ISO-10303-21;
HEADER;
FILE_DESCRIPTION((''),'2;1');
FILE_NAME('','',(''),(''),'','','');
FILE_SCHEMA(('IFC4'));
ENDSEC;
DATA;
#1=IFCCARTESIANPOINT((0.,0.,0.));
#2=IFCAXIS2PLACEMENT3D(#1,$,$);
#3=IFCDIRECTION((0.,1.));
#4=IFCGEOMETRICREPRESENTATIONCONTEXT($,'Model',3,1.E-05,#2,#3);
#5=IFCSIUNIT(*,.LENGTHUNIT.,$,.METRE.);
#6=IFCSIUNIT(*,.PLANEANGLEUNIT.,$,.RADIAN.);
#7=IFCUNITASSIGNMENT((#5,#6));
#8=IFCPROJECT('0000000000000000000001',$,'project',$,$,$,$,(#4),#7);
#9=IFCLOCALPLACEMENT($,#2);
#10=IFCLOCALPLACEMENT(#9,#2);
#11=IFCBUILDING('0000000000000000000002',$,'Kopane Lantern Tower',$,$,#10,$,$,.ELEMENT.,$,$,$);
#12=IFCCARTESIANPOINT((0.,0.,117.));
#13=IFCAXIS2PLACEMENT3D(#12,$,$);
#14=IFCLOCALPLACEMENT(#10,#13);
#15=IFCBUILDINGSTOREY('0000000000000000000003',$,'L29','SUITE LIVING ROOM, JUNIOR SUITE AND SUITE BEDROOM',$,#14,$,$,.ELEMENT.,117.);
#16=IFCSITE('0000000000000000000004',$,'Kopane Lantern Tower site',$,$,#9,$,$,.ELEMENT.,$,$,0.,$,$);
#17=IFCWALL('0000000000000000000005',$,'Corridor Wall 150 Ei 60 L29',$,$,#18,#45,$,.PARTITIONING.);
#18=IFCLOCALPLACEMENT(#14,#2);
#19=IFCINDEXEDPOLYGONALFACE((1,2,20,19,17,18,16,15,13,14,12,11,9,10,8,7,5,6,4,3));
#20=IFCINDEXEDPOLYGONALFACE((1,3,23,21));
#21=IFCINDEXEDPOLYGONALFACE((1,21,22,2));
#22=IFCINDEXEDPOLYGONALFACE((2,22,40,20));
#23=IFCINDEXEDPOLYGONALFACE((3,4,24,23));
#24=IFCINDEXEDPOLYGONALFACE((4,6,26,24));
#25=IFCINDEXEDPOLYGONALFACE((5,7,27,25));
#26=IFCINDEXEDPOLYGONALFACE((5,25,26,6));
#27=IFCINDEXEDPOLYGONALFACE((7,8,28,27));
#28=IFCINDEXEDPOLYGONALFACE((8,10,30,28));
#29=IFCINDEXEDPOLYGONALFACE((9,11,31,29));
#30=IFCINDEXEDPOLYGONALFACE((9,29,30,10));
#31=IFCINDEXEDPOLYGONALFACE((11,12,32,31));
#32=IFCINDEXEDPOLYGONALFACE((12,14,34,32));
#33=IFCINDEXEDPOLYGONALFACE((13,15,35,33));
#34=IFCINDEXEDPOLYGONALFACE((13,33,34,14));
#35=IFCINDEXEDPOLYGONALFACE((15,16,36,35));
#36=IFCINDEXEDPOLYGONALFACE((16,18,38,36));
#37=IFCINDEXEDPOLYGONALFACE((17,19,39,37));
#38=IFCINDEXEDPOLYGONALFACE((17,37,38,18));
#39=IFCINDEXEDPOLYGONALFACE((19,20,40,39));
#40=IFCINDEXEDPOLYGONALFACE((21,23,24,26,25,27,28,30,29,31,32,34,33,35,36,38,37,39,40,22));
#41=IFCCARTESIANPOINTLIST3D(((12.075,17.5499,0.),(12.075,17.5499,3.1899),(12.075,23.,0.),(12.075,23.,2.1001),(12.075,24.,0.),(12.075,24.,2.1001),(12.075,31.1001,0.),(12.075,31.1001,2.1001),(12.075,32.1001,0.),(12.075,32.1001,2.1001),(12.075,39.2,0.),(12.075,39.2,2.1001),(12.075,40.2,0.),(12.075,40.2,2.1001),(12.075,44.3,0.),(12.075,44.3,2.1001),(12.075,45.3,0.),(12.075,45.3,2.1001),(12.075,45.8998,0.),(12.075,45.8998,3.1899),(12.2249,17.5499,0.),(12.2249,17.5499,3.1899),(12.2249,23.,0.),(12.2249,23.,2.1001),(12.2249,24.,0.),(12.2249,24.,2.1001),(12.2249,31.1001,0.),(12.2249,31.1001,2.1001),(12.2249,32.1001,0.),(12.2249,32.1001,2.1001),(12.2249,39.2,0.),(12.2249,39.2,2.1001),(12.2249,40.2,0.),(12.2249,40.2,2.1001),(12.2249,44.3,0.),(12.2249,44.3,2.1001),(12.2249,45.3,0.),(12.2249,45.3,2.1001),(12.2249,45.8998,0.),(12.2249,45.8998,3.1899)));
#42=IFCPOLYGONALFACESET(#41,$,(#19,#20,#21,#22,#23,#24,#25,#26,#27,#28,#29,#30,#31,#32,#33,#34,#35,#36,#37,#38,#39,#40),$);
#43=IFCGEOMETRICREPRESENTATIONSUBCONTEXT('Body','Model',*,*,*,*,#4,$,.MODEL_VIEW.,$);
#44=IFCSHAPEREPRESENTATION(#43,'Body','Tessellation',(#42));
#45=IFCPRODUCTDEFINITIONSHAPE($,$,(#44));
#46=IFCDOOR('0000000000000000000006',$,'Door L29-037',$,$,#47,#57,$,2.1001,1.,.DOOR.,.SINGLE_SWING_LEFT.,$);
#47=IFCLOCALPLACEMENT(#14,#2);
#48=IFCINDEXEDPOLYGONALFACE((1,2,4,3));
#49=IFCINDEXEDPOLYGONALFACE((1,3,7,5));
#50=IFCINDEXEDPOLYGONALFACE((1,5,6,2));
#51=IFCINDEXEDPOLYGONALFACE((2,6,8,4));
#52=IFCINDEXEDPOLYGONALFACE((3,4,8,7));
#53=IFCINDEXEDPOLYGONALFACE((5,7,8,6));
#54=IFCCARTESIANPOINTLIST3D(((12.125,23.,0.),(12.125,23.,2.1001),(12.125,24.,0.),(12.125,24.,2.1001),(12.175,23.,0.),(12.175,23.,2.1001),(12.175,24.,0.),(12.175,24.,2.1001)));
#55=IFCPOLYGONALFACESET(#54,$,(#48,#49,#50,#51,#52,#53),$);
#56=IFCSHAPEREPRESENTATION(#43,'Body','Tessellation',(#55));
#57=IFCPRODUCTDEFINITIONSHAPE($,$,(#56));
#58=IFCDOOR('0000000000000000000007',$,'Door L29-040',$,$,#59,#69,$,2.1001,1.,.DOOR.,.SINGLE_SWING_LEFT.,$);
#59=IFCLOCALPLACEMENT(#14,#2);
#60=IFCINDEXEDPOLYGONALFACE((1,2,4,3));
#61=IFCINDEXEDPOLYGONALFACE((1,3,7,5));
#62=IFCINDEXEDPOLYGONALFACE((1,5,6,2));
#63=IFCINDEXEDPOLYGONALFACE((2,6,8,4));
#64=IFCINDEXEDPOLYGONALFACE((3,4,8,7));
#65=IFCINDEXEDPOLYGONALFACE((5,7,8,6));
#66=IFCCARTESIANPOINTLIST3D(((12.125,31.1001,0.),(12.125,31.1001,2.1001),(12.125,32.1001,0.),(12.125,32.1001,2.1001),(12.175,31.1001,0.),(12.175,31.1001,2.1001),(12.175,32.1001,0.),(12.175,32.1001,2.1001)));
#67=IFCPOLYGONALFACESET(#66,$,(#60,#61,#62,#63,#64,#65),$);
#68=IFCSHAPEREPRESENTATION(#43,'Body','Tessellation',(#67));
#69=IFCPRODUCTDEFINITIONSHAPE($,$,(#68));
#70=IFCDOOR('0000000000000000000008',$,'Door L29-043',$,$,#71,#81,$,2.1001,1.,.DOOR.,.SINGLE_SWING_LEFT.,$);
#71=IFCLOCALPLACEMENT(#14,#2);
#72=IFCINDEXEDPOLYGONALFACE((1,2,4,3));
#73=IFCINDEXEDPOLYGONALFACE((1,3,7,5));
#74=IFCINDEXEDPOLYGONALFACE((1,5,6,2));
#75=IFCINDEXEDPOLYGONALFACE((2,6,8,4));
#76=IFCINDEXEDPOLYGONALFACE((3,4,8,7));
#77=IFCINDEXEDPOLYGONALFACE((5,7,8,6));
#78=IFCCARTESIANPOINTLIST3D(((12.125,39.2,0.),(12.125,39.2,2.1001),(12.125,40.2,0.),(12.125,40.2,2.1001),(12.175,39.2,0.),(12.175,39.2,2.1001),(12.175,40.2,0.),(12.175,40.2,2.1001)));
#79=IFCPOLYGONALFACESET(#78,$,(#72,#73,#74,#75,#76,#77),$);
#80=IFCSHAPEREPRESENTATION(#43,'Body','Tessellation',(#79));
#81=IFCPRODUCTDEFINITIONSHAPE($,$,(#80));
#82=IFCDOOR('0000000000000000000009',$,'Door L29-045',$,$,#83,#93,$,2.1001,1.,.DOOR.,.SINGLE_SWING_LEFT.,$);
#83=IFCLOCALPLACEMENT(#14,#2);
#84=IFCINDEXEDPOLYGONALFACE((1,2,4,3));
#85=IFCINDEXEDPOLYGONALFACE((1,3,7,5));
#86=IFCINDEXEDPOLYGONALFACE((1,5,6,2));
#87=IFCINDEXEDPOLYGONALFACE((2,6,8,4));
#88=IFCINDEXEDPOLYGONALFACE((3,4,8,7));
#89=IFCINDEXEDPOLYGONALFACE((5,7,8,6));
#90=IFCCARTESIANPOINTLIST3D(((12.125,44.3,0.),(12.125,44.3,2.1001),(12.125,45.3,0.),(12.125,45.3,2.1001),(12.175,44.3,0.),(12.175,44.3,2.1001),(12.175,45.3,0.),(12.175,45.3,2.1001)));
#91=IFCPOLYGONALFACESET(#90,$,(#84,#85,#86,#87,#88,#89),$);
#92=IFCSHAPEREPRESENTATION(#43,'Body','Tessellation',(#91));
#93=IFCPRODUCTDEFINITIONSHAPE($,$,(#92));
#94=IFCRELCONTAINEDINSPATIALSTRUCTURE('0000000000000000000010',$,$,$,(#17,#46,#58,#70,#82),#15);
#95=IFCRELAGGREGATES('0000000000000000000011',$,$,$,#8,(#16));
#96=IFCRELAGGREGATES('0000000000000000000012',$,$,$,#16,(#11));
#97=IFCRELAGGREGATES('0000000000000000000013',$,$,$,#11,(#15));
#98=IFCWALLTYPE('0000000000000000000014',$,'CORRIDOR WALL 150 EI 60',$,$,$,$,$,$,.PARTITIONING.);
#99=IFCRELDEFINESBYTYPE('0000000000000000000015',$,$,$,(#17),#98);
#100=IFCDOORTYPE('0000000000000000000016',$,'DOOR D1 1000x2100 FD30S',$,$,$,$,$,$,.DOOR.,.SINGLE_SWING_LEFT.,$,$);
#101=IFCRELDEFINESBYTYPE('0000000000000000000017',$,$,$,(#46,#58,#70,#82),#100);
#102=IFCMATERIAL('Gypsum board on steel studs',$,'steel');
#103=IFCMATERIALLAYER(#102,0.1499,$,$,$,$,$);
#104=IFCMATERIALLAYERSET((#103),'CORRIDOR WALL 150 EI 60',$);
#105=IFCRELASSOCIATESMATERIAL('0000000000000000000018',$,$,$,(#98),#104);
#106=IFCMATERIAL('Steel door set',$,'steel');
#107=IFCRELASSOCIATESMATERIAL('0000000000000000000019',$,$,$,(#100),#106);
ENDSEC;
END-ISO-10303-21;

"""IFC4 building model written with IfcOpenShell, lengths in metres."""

from ifc_helpers import new_model, si_unit, direction, frame, frame_2d, origin, place, context, subcontext, project, spatial, rectangle, extrude, material, layer, layer_set, type_object, element, fill, save


model = new_model("IFC4")

# Units and contexts
model_context = context("Model", 3, precision=1e-05, world=origin(), true_north=direction((0.0, 1.0)))
body_context = subcontext(model_context, "Body", "Model", "MODEL_VIEW")
ifc_project = project(units=[si_unit("LENGTHUNIT", "METRE"), si_unit("PLANEANGLEUNIT", "RADIAN")], contexts=[model_context])

# Site, building, storey
site_placement = place(None, origin())
site = spatial("IfcSite", under=ifc_project, at=site_placement, Name="Kopane Lantern Tower site", CompositionType="ELEMENT", RefElevation=0.0)
building_placement = place(site_placement, origin())
building = spatial("IfcBuilding", under=site, at=building_placement, Name="Kopane Lantern Tower", CompositionType="ELEMENT")
storey_placement = place(building_placement, frame((0.0, 0.0, 117.0)))
storey = spatial("IfcBuildingStorey", under=building, at=storey_placement, Name="L29", Description="SUITE LIVING ROOM, JUNIOR SUITE AND SUITE BEDROOM", CompositionType="ELEMENT", Elevation=117.0)

# Wall, openings, doors
ifc_material_1 = material(Name="Gypsum board on steel studs", Category="steel")
ifc_layer_1 = layer(ifc_material_1, 0.1499)
ifc_layer_set_1 = layer_set([ifc_layer_1], Name="CORRIDOR WALL 150 EI 60")
wall_type_1 = type_object("IfcWallType", Name="CORRIDOR WALL 150 EI 60", PredefinedType="PARTITIONING", material=ifc_layer_set_1)
wall_1_placement = place(storey_placement, frame((12.1499, 17.55, 0.0), z_axis=(0.0, 0.0, 1.0), x_axis=(0.0, 1.0, 0.0)))
wall_1 = element("IfcWall", 1, at=wall_1_placement, inside=storey, type_object=wall_type_1, Name="Corridor Wall 150 Ei 60 L29", PredefinedType="PARTITIONING", context=body_context, shape_type="SweptSolid", body=[
    extrude(rectangle(XDim=28.3499, YDim=0.1499, at=frame_2d((14.1748, 0.0))), origin(), (0.0, 0.0, 1.0), 3.1899),
])
opening_1_placement = place(wall_1_placement, frame((5.45, 0.0, 0.0)))
opening_1 = element("IfcOpeningElement", 2, at=opening_1_placement, cuts=wall_1, PredefinedType="OPENING", context=body_context, shape_type="SweptSolid", body=[
    extrude(rectangle(XDim=1.0, YDim=2.1001, at=frame_2d((0.5, 1.05))), frame((0.0, 0.085, 0.0), z_axis=(0.0, -1.0, 0.0), x_axis=(1.0, 0.0, 0.0)), (0.0, 0.0, 1.0), 0.1699),
])
opening_2_placement = place(wall_1_placement, frame((13.55, 0.0, 0.0)))
opening_2 = element("IfcOpeningElement", 3, at=opening_2_placement, cuts=wall_1, PredefinedType="OPENING", context=body_context, shape_type="SweptSolid", body=[
    extrude(rectangle(XDim=1.0, YDim=2.1001, at=frame_2d((0.5, 1.05))), frame((0.0, 0.085, 0.0), z_axis=(0.0, -1.0, 0.0), x_axis=(1.0, 0.0, 0.0)), (0.0, 0.0, 1.0), 0.1699),
])
opening_3_placement = place(wall_1_placement, frame((21.6499, 0.0, 0.0)))
opening_3 = element("IfcOpeningElement", 4, at=opening_3_placement, cuts=wall_1, PredefinedType="OPENING", context=body_context, shape_type="SweptSolid", body=[
    extrude(rectangle(XDim=1.0, YDim=2.1001, at=frame_2d((0.5, 1.05))), frame((0.0, 0.085, 0.0), z_axis=(0.0, -1.0, 0.0), x_axis=(1.0, 0.0, 0.0)), (0.0, 0.0, 1.0), 0.1699),
])
opening_4_placement = place(wall_1_placement, frame((26.75, 0.0, 0.0)))
opening_4 = element("IfcOpeningElement", 5, at=opening_4_placement, cuts=wall_1, PredefinedType="OPENING", context=body_context, shape_type="SweptSolid", body=[
    extrude(rectangle(XDim=1.0, YDim=2.1001, at=frame_2d((0.5, 1.05))), frame((0.0, 0.085, 0.0), z_axis=(0.0, -1.0, 0.0), x_axis=(1.0, 0.0, 0.0)), (0.0, 0.0, 1.0), 0.1699),
])
ifc_material_2 = material(Name="Steel door set", Category="steel")
door_type_1 = type_object("IfcDoorType", Name="DOOR D1 1000x2100 FD30S", OperationType="SINGLE_SWING_LEFT", PredefinedType="DOOR", material=ifc_material_2)
door_1_placement = place(opening_1_placement, origin())
door_1 = element("IfcDoor", 6, at=door_1_placement, inside=storey, type_object=door_type_1, Name="Door L29-037", OperationType="SINGLE_SWING_LEFT", OverallHeight=2.1001, OverallWidth=1.0, PredefinedType="DOOR", context=body_context, shape_type="SweptSolid", body=[
    extrude(rectangle(XDim=1.0, YDim=2.1001, at=frame_2d((0.5, 1.05))), frame((0.0, 0.0249, 0.0), z_axis=(0.0, -1.0, 0.0), x_axis=(1.0, 0.0, 0.0)), (0.0, 0.0, 1.0), 0.05),
])
fill(opening_1, door_1)
door_2_placement = place(opening_2_placement, origin())
door_2 = element("IfcDoor", 7, at=door_2_placement, inside=storey, type_object=door_type_1, Name="Door L29-040", OperationType="SINGLE_SWING_LEFT", OverallHeight=2.1001, OverallWidth=1.0, PredefinedType="DOOR", context=body_context, shape_type="SweptSolid", body=[
    extrude(rectangle(XDim=1.0, YDim=2.1001, at=frame_2d((0.5, 1.05))), frame((0.0, 0.0249, 0.0), z_axis=(0.0, -1.0, 0.0), x_axis=(1.0, 0.0, 0.0)), (0.0, 0.0, 1.0), 0.05),
])
fill(opening_2, door_2)
door_3_placement = place(opening_3_placement, origin())
door_3 = element("IfcDoor", 8, at=door_3_placement, inside=storey, type_object=door_type_1, Name="Door L29-043", OperationType="SINGLE_SWING_LEFT", OverallHeight=2.1001, OverallWidth=1.0, PredefinedType="DOOR", context=body_context, shape_type="SweptSolid", body=[
    extrude(rectangle(XDim=1.0, YDim=2.1001, at=frame_2d((0.5, 1.05))), frame((0.0, 0.0249, 0.0), z_axis=(0.0, -1.0, 0.0), x_axis=(1.0, 0.0, 0.0)), (0.0, 0.0, 1.0), 0.05),
])
fill(opening_3, door_3)
door_4_placement = place(opening_4_placement, origin())
door_4 = element("IfcDoor", 9, at=door_4_placement, inside=storey, type_object=door_type_1, Name="Door L29-045", OperationType="SINGLE_SWING_LEFT", OverallHeight=2.1001, OverallWidth=1.0, PredefinedType="DOOR", context=body_context, shape_type="SweptSolid", body=[
    extrude(rectangle(XDim=1.0, YDim=2.1001, at=frame_2d((0.5, 1.05))), frame((0.0, 0.0249, 0.0), z_axis=(0.0, -1.0, 0.0), x_axis=(1.0, 0.0, 0.0)), (0.0, 0.0, 1.0), 0.05),
])
fill(opening_4, door_4)

save(model, "model.ifc")
